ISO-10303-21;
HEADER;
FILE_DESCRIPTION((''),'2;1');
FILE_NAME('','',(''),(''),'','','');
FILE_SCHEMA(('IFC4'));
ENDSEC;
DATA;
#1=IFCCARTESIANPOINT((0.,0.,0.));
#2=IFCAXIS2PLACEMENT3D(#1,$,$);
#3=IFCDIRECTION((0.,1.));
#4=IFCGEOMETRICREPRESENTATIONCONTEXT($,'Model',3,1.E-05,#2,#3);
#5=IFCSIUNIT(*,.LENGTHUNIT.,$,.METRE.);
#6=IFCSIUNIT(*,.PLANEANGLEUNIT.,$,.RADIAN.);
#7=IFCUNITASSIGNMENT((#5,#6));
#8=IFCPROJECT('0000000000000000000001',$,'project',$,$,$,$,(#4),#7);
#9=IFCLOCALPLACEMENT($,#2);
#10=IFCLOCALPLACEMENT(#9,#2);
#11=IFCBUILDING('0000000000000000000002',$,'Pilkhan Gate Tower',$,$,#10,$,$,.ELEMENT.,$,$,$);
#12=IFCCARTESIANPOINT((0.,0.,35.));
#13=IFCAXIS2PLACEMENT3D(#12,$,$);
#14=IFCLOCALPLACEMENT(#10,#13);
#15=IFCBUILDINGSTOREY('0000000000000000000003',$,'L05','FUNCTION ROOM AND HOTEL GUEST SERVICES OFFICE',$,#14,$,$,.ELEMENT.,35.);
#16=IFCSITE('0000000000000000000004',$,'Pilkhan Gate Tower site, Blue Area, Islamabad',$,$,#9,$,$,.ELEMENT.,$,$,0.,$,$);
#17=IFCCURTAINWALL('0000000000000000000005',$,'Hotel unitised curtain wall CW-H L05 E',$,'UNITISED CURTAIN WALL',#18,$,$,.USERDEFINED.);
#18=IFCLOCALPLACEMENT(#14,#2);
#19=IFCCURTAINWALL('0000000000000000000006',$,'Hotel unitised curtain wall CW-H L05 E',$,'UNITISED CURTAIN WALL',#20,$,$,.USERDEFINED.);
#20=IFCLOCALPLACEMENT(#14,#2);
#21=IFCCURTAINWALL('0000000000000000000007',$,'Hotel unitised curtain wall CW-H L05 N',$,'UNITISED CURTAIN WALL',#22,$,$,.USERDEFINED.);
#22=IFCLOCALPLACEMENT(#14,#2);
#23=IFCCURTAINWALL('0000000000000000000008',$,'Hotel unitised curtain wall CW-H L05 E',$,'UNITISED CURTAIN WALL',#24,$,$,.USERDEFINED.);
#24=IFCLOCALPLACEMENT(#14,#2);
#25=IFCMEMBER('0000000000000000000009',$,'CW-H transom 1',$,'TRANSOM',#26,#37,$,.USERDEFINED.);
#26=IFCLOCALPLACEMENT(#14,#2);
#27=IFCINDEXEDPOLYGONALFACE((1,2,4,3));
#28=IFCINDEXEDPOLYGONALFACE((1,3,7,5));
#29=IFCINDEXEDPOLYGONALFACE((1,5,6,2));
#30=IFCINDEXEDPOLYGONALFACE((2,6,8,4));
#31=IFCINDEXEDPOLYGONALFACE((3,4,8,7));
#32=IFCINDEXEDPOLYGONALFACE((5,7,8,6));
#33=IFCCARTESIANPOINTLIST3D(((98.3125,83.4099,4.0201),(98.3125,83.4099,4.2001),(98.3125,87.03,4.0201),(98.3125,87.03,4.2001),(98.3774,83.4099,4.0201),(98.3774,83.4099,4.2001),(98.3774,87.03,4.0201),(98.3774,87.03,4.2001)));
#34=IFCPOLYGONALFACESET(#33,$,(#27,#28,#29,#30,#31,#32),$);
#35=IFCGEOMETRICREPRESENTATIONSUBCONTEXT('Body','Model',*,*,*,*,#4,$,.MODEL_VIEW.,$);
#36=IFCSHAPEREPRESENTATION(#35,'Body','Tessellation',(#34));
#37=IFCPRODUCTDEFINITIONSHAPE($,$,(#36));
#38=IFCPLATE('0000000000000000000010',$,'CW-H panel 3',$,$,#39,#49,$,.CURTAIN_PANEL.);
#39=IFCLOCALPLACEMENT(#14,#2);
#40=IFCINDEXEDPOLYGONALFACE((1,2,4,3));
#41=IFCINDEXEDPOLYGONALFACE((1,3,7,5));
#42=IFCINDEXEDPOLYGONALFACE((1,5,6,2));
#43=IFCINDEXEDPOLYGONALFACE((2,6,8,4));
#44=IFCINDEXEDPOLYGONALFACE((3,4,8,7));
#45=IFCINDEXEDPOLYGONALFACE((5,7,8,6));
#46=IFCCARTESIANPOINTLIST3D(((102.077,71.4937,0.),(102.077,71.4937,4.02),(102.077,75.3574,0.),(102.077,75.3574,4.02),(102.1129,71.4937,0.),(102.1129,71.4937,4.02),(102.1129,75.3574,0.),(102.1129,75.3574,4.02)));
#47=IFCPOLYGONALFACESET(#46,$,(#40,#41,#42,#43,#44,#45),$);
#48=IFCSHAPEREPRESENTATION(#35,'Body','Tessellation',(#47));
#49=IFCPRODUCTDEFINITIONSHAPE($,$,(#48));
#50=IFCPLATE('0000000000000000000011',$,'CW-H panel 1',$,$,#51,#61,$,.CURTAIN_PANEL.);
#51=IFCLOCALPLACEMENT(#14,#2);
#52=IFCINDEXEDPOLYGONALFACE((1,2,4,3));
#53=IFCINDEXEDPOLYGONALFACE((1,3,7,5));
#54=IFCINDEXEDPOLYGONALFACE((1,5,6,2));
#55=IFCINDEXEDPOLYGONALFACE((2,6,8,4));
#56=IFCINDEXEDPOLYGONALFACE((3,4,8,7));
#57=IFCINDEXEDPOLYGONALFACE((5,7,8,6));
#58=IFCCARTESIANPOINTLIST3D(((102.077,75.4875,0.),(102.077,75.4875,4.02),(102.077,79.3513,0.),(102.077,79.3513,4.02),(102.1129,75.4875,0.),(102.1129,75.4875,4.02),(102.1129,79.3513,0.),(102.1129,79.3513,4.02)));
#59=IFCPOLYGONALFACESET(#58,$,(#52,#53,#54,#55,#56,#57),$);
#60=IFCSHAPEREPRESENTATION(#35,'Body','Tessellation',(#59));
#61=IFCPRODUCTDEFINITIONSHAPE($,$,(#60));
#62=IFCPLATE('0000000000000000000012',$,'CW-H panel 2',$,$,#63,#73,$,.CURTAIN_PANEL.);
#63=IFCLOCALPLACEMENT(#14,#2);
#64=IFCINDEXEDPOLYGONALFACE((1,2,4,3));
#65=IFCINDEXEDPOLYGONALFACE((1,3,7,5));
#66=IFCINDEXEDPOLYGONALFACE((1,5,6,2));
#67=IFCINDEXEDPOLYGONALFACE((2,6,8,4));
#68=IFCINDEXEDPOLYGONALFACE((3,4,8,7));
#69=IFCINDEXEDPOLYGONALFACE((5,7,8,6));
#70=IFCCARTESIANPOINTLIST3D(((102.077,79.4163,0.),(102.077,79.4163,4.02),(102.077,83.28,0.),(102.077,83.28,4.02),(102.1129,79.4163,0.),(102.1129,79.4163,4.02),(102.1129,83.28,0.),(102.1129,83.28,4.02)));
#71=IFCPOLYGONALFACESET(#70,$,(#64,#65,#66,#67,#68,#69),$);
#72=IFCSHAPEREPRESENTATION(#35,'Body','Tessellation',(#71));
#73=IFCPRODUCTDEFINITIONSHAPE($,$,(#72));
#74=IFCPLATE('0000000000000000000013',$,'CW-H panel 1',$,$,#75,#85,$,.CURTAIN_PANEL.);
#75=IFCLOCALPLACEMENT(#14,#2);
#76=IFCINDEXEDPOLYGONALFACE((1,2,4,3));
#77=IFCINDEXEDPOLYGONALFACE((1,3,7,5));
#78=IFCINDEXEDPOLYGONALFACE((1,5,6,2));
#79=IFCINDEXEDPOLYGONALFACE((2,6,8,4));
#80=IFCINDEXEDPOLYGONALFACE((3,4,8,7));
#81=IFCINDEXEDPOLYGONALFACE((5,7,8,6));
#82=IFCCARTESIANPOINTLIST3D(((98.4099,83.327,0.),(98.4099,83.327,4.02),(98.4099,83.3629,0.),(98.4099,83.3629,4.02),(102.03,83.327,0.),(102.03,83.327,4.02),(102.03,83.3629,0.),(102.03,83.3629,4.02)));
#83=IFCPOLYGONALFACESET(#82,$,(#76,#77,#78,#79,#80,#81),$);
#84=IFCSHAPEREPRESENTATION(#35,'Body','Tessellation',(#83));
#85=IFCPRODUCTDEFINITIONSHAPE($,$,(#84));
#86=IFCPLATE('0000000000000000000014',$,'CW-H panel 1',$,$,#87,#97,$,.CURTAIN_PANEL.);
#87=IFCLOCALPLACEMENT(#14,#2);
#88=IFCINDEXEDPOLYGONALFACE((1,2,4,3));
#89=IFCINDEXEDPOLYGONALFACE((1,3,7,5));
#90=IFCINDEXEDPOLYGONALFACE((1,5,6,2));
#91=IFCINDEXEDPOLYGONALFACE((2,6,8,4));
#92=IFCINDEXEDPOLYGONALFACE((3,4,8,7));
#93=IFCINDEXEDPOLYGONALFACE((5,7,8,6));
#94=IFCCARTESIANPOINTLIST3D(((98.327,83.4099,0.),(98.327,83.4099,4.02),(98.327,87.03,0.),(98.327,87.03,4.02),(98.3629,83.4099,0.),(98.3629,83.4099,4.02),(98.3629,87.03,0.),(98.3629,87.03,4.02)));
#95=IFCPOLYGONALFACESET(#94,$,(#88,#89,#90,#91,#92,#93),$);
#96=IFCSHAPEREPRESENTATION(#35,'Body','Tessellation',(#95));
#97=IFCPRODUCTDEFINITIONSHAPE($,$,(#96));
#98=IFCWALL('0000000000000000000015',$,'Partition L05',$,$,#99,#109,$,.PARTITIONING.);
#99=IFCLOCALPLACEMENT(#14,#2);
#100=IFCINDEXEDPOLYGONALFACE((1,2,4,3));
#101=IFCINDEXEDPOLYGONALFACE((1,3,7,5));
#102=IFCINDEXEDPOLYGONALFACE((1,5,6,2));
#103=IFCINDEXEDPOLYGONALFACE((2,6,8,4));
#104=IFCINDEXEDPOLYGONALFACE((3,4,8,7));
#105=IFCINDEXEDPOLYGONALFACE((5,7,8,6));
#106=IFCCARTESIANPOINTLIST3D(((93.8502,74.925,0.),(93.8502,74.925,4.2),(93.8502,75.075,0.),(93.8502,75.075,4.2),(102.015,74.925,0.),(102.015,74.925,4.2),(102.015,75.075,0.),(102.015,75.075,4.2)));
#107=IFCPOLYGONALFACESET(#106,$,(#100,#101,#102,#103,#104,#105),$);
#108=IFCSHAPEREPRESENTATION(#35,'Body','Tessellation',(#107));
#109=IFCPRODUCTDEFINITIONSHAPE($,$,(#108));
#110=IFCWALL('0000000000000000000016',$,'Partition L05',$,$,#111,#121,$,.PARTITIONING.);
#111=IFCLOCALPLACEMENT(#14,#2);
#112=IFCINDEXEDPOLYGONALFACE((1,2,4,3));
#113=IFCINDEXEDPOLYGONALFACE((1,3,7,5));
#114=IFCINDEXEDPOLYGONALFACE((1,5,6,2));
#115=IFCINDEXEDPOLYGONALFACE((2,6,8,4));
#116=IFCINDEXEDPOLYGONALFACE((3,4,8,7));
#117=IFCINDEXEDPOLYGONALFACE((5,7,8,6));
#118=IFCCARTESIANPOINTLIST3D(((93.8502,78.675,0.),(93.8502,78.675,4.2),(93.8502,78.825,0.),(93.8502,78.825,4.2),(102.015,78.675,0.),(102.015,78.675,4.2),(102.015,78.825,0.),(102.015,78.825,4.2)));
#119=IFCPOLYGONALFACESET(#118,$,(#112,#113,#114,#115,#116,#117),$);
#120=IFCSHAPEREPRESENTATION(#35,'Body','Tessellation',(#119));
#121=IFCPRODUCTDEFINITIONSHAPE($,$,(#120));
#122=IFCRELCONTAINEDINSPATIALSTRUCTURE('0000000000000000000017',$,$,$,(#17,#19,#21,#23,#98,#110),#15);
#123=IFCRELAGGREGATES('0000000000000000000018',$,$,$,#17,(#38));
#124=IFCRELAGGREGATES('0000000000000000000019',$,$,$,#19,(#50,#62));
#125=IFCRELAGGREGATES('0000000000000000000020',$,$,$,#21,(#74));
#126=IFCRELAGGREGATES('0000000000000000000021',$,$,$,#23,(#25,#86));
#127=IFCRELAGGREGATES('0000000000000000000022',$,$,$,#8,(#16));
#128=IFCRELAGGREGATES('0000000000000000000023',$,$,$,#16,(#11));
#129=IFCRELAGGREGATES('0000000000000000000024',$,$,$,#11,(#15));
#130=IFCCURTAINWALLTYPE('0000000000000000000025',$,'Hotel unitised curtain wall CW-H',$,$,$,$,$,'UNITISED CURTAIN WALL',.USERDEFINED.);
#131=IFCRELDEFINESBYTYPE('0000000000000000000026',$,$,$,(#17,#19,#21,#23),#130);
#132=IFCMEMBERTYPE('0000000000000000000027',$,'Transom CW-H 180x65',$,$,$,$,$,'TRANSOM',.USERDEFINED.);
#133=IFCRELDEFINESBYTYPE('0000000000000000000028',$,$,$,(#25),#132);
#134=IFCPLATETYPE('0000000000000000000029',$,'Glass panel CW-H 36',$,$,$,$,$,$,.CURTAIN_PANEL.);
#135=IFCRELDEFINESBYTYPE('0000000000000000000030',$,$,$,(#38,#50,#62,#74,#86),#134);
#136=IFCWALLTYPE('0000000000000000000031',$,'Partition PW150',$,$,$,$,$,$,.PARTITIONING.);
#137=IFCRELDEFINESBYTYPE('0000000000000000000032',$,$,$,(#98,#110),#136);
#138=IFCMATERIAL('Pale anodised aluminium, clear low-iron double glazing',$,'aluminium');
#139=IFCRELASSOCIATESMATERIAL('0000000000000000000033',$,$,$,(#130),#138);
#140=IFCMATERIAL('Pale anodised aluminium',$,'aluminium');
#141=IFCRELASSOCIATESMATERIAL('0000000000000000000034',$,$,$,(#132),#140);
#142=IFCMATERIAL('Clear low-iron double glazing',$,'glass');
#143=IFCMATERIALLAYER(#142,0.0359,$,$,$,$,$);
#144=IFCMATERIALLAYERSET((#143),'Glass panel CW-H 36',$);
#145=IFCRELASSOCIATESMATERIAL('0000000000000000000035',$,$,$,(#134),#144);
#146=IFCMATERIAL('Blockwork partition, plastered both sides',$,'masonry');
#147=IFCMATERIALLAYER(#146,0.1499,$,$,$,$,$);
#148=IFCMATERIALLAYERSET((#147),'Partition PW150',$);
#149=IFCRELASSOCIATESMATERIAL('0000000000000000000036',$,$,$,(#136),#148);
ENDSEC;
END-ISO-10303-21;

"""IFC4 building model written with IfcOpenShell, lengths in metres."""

from ifc_helpers import new_model, si_unit, direction, frame, frame_2d, origin, origin_2d, place, context, subcontext, project, spatial, rectangle, extrude, material, layer, layer_set, material_profile, profile_set, type_object, element, aggregate, save


model = new_model("IFC4")

# Units and contexts
model_context = context("Model", 3, precision=1e-05, world=origin(), true_north=direction((0.0, 1.0)))
body_context = subcontext(model_context, "Body", "Model", "MODEL_VIEW")
ifc_project = project(units=[si_unit("LENGTHUNIT", "METRE"), si_unit("PLANEANGLEUNIT", "RADIAN")], contexts=[model_context])

# Site, building, storey
site_placement = place(None, origin())
site = spatial("IfcSite", under=ifc_project, at=site_placement, Name="Pilkhan Gate Tower site, Blue Area, Islamabad", CompositionType="ELEMENT", RefElevation=0.0)
building_placement = place(site_placement, origin())
building = spatial("IfcBuilding", under=site, at=building_placement, Name="Pilkhan Gate Tower", CompositionType="ELEMENT")
storey_placement = place(building_placement, frame((0.0, 0.0, 35.0)))
storey = spatial("IfcBuildingStorey", under=building, at=storey_placement, Name="L05", Description="FUNCTION ROOM AND HOTEL GUEST SERVICES OFFICE", CompositionType="ELEMENT", Elevation=35.0)

# Curtain wall
ifc_material_1 = material(Name="Pale anodised aluminium, clear low-iron double glazing", Category="aluminium")
curtain_wall_type = type_object("IfcCurtainWallType", Name="Hotel unitised curtain wall CW-H", ElementType="UNITISED CURTAIN WALL", PredefinedType="USERDEFINED", material=ifc_material_1)
curtain_wall_1_placement = place(storey_placement, origin())
curtain_wall_1 = element("IfcCurtainWall", 1, at=curtain_wall_1_placement, inside=storey, type_object=curtain_wall_type, Name="Hotel unitised curtain wall CW-H L05 E", ObjectType="UNITISED CURTAIN WALL", PredefinedType="USERDEFINED")
ifc_material_2 = material(Name="Pale anodised aluminium", Category="aluminium")

# Curtain walls
curtain_wall_2_placement = place(storey_placement, origin())
curtain_wall_2 = element("IfcCurtainWall", 2, at=curtain_wall_2_placement, inside=storey, type_object=curtain_wall_type, Name="Hotel unitised curtain wall CW-H L05 E", ObjectType="UNITISED CURTAIN WALL", PredefinedType="USERDEFINED")
curtain_wall_3_placement = place(storey_placement, origin())
curtain_wall_3 = element("IfcCurtainWall", 3, at=curtain_wall_3_placement, inside=storey, type_object=curtain_wall_type, Name="Hotel unitised curtain wall CW-H L05 N", ObjectType="UNITISED CURTAIN WALL", PredefinedType="USERDEFINED")

# Curtain wall
curtain_wall_4_placement = place(storey_placement, origin())
curtain_wall_4 = element("IfcCurtainWall", 4, at=curtain_wall_4_placement, inside=storey, type_object=curtain_wall_type, Name="Hotel unitised curtain wall CW-H L05 E", ObjectType="UNITISED CURTAIN WALL", PredefinedType="USERDEFINED")

# Member
ifc_material_profile_1 = material_profile(ifc_material_2, rectangle(XDim=0.0649, YDim=0.1799, at=origin_2d()), Name="Transom 180x65")
ifc_profile_set_1 = profile_set([ifc_material_profile_1], Name="Pale anodised aluminium")
member_type_1 = type_object("IfcMemberType", Name="Transom CW-H 180x65", ElementType="TRANSOM", PredefinedType="USERDEFINED", material=ifc_profile_set_1)
member_1_placement = place(storey_placement, frame((98.345, 83.4099, 4.1101), z_axis=(0.0, 1.0, 0.0), x_axis=(-1.0, 0.0, 0.0)))
member_1 = element("IfcMember", 5, at=member_1_placement, type_object=member_type_1, Name="CW-H transom 1", ObjectType="TRANSOM", PredefinedType="USERDEFINED", context=body_context, shape_type="SweptSolid", body=[
    extrude(rectangle(XDim=0.0649, YDim=0.1799, at=origin_2d()), origin(), (0.0, 0.0, 1.0), 3.6201),
])

# Plates
ifc_material_3 = material(Name="Clear low-iron double glazing", Category="glass")
ifc_layer_1 = layer(ifc_material_3, 0.0359)
ifc_layer_set_1 = layer_set([ifc_layer_1], Name="Glass panel CW-H 36")
plate_type = type_object("IfcPlateType", Name="Glass panel CW-H 36", PredefinedType="CURTAIN_PANEL", material=ifc_layer_set_1)
plate_1_placement = place(storey_placement, frame((102.095, 73.4255, 0.0), z_axis=(0.0, 0.0, 1.0), x_axis=(0.0, 1.0, 0.0)))
plate_1 = element("IfcPlate", 6, at=plate_1_placement, type_object=plate_type, Name="CW-H panel 3", PredefinedType="CURTAIN_PANEL", context=body_context, shape_type="SweptSolid", body=[
    extrude(rectangle(XDim=3.8638, YDim=0.0359, at=origin_2d()), origin(), (0.0, 0.0, 1.0), 4.02),
])
aggregate(curtain_wall_1, [plate_1])
plate_2_placement = place(storey_placement, frame((102.095, 77.4194, 0.0), z_axis=(0.0, 0.0, 1.0), x_axis=(0.0, 1.0, 0.0)))
plate_2 = element("IfcPlate", 7, at=plate_2_placement, type_object=plate_type, Name="CW-H panel 1", PredefinedType="CURTAIN_PANEL", context=body_context, shape_type="SweptSolid", body=[
    extrude(rectangle(XDim=3.8638, YDim=0.0359, at=origin_2d()), origin(), (0.0, 0.0, 1.0), 4.02),
])
plate_3_placement = place(storey_placement, frame((102.095, 81.3481, 0.0), z_axis=(0.0, 0.0, 1.0), x_axis=(0.0, 1.0, 0.0)))
plate_3 = element("IfcPlate", 8, at=plate_3_placement, type_object=plate_type, Name="CW-H panel 2", PredefinedType="CURTAIN_PANEL", context=body_context, shape_type="SweptSolid", body=[
    extrude(rectangle(XDim=3.8638, YDim=0.0359, at=origin_2d()), origin(), (0.0, 0.0, 1.0), 4.02),
])
aggregate(curtain_wall_2, [plate_2, plate_3])
plate_4_placement = place(storey_placement, frame((100.22, 83.345, 0.0), z_axis=(0.0, 0.0, 1.0), x_axis=(1.0, 0.0, 0.0)))
plate_4 = element("IfcPlate", 9, at=plate_4_placement, type_object=plate_type, Name="CW-H panel 1", PredefinedType="CURTAIN_PANEL", context=body_context, shape_type="SweptSolid", body=[
    extrude(rectangle(XDim=3.6201, YDim=0.0359, at=origin_2d()), origin(), (0.0, 0.0, 1.0), 4.02),
])
aggregate(curtain_wall_3, [plate_4])
plate_5_placement = place(storey_placement, frame((98.345, 85.22, 0.0), z_axis=(0.0, 0.0, 1.0), x_axis=(0.0, 1.0, 0.0)))
plate_5 = element("IfcPlate", 10, at=plate_5_placement, type_object=plate_type, Name="CW-H panel 1", PredefinedType="CURTAIN_PANEL", context=body_context, shape_type="SweptSolid", body=[
    extrude(rectangle(XDim=3.6201, YDim=0.0359, at=origin_2d()), origin(), (0.0, 0.0, 1.0), 4.02),
])
aggregate(curtain_wall_4, [member_1, plate_5])

# Walls
ifc_material_4 = material(Name="Blockwork partition, plastered both sides", Category="masonry")
ifc_layer_2 = layer(ifc_material_4, 0.1499)
ifc_layer_set_2 = layer_set([ifc_layer_2], Name="Partition PW150")
wall_type = type_object("IfcWallType", Name="Partition PW150", PredefinedType="PARTITIONING", material=ifc_layer_set_2)
for number, where, z_axis, x_axis, name in (
    (11, (93.8501, 75.0, 0.0), (0.0, 0.0, 1.0), (1.0, 0.0, 0.0), "Partition L05"),
    (12, (93.8501, 78.75, 0.0), (0.0, 0.0, 1.0), (1.0, 0.0, 0.0), "Partition L05"),
):
    element("IfcWall", number, at=place(storey_placement, frame(where, z_axis=z_axis, x_axis=x_axis)), inside=storey, type_object=wall_type, Name=name, PredefinedType="PARTITIONING", context=body_context, shape_type="SweptSolid", body=[
        extrude(rectangle(XDim=8.1648, YDim=0.1499, at=frame_2d((4.0825, 0.0))), origin(), (0.0, 0.0, 1.0), 4.2),
    ])

save(model, "model.ifc")
